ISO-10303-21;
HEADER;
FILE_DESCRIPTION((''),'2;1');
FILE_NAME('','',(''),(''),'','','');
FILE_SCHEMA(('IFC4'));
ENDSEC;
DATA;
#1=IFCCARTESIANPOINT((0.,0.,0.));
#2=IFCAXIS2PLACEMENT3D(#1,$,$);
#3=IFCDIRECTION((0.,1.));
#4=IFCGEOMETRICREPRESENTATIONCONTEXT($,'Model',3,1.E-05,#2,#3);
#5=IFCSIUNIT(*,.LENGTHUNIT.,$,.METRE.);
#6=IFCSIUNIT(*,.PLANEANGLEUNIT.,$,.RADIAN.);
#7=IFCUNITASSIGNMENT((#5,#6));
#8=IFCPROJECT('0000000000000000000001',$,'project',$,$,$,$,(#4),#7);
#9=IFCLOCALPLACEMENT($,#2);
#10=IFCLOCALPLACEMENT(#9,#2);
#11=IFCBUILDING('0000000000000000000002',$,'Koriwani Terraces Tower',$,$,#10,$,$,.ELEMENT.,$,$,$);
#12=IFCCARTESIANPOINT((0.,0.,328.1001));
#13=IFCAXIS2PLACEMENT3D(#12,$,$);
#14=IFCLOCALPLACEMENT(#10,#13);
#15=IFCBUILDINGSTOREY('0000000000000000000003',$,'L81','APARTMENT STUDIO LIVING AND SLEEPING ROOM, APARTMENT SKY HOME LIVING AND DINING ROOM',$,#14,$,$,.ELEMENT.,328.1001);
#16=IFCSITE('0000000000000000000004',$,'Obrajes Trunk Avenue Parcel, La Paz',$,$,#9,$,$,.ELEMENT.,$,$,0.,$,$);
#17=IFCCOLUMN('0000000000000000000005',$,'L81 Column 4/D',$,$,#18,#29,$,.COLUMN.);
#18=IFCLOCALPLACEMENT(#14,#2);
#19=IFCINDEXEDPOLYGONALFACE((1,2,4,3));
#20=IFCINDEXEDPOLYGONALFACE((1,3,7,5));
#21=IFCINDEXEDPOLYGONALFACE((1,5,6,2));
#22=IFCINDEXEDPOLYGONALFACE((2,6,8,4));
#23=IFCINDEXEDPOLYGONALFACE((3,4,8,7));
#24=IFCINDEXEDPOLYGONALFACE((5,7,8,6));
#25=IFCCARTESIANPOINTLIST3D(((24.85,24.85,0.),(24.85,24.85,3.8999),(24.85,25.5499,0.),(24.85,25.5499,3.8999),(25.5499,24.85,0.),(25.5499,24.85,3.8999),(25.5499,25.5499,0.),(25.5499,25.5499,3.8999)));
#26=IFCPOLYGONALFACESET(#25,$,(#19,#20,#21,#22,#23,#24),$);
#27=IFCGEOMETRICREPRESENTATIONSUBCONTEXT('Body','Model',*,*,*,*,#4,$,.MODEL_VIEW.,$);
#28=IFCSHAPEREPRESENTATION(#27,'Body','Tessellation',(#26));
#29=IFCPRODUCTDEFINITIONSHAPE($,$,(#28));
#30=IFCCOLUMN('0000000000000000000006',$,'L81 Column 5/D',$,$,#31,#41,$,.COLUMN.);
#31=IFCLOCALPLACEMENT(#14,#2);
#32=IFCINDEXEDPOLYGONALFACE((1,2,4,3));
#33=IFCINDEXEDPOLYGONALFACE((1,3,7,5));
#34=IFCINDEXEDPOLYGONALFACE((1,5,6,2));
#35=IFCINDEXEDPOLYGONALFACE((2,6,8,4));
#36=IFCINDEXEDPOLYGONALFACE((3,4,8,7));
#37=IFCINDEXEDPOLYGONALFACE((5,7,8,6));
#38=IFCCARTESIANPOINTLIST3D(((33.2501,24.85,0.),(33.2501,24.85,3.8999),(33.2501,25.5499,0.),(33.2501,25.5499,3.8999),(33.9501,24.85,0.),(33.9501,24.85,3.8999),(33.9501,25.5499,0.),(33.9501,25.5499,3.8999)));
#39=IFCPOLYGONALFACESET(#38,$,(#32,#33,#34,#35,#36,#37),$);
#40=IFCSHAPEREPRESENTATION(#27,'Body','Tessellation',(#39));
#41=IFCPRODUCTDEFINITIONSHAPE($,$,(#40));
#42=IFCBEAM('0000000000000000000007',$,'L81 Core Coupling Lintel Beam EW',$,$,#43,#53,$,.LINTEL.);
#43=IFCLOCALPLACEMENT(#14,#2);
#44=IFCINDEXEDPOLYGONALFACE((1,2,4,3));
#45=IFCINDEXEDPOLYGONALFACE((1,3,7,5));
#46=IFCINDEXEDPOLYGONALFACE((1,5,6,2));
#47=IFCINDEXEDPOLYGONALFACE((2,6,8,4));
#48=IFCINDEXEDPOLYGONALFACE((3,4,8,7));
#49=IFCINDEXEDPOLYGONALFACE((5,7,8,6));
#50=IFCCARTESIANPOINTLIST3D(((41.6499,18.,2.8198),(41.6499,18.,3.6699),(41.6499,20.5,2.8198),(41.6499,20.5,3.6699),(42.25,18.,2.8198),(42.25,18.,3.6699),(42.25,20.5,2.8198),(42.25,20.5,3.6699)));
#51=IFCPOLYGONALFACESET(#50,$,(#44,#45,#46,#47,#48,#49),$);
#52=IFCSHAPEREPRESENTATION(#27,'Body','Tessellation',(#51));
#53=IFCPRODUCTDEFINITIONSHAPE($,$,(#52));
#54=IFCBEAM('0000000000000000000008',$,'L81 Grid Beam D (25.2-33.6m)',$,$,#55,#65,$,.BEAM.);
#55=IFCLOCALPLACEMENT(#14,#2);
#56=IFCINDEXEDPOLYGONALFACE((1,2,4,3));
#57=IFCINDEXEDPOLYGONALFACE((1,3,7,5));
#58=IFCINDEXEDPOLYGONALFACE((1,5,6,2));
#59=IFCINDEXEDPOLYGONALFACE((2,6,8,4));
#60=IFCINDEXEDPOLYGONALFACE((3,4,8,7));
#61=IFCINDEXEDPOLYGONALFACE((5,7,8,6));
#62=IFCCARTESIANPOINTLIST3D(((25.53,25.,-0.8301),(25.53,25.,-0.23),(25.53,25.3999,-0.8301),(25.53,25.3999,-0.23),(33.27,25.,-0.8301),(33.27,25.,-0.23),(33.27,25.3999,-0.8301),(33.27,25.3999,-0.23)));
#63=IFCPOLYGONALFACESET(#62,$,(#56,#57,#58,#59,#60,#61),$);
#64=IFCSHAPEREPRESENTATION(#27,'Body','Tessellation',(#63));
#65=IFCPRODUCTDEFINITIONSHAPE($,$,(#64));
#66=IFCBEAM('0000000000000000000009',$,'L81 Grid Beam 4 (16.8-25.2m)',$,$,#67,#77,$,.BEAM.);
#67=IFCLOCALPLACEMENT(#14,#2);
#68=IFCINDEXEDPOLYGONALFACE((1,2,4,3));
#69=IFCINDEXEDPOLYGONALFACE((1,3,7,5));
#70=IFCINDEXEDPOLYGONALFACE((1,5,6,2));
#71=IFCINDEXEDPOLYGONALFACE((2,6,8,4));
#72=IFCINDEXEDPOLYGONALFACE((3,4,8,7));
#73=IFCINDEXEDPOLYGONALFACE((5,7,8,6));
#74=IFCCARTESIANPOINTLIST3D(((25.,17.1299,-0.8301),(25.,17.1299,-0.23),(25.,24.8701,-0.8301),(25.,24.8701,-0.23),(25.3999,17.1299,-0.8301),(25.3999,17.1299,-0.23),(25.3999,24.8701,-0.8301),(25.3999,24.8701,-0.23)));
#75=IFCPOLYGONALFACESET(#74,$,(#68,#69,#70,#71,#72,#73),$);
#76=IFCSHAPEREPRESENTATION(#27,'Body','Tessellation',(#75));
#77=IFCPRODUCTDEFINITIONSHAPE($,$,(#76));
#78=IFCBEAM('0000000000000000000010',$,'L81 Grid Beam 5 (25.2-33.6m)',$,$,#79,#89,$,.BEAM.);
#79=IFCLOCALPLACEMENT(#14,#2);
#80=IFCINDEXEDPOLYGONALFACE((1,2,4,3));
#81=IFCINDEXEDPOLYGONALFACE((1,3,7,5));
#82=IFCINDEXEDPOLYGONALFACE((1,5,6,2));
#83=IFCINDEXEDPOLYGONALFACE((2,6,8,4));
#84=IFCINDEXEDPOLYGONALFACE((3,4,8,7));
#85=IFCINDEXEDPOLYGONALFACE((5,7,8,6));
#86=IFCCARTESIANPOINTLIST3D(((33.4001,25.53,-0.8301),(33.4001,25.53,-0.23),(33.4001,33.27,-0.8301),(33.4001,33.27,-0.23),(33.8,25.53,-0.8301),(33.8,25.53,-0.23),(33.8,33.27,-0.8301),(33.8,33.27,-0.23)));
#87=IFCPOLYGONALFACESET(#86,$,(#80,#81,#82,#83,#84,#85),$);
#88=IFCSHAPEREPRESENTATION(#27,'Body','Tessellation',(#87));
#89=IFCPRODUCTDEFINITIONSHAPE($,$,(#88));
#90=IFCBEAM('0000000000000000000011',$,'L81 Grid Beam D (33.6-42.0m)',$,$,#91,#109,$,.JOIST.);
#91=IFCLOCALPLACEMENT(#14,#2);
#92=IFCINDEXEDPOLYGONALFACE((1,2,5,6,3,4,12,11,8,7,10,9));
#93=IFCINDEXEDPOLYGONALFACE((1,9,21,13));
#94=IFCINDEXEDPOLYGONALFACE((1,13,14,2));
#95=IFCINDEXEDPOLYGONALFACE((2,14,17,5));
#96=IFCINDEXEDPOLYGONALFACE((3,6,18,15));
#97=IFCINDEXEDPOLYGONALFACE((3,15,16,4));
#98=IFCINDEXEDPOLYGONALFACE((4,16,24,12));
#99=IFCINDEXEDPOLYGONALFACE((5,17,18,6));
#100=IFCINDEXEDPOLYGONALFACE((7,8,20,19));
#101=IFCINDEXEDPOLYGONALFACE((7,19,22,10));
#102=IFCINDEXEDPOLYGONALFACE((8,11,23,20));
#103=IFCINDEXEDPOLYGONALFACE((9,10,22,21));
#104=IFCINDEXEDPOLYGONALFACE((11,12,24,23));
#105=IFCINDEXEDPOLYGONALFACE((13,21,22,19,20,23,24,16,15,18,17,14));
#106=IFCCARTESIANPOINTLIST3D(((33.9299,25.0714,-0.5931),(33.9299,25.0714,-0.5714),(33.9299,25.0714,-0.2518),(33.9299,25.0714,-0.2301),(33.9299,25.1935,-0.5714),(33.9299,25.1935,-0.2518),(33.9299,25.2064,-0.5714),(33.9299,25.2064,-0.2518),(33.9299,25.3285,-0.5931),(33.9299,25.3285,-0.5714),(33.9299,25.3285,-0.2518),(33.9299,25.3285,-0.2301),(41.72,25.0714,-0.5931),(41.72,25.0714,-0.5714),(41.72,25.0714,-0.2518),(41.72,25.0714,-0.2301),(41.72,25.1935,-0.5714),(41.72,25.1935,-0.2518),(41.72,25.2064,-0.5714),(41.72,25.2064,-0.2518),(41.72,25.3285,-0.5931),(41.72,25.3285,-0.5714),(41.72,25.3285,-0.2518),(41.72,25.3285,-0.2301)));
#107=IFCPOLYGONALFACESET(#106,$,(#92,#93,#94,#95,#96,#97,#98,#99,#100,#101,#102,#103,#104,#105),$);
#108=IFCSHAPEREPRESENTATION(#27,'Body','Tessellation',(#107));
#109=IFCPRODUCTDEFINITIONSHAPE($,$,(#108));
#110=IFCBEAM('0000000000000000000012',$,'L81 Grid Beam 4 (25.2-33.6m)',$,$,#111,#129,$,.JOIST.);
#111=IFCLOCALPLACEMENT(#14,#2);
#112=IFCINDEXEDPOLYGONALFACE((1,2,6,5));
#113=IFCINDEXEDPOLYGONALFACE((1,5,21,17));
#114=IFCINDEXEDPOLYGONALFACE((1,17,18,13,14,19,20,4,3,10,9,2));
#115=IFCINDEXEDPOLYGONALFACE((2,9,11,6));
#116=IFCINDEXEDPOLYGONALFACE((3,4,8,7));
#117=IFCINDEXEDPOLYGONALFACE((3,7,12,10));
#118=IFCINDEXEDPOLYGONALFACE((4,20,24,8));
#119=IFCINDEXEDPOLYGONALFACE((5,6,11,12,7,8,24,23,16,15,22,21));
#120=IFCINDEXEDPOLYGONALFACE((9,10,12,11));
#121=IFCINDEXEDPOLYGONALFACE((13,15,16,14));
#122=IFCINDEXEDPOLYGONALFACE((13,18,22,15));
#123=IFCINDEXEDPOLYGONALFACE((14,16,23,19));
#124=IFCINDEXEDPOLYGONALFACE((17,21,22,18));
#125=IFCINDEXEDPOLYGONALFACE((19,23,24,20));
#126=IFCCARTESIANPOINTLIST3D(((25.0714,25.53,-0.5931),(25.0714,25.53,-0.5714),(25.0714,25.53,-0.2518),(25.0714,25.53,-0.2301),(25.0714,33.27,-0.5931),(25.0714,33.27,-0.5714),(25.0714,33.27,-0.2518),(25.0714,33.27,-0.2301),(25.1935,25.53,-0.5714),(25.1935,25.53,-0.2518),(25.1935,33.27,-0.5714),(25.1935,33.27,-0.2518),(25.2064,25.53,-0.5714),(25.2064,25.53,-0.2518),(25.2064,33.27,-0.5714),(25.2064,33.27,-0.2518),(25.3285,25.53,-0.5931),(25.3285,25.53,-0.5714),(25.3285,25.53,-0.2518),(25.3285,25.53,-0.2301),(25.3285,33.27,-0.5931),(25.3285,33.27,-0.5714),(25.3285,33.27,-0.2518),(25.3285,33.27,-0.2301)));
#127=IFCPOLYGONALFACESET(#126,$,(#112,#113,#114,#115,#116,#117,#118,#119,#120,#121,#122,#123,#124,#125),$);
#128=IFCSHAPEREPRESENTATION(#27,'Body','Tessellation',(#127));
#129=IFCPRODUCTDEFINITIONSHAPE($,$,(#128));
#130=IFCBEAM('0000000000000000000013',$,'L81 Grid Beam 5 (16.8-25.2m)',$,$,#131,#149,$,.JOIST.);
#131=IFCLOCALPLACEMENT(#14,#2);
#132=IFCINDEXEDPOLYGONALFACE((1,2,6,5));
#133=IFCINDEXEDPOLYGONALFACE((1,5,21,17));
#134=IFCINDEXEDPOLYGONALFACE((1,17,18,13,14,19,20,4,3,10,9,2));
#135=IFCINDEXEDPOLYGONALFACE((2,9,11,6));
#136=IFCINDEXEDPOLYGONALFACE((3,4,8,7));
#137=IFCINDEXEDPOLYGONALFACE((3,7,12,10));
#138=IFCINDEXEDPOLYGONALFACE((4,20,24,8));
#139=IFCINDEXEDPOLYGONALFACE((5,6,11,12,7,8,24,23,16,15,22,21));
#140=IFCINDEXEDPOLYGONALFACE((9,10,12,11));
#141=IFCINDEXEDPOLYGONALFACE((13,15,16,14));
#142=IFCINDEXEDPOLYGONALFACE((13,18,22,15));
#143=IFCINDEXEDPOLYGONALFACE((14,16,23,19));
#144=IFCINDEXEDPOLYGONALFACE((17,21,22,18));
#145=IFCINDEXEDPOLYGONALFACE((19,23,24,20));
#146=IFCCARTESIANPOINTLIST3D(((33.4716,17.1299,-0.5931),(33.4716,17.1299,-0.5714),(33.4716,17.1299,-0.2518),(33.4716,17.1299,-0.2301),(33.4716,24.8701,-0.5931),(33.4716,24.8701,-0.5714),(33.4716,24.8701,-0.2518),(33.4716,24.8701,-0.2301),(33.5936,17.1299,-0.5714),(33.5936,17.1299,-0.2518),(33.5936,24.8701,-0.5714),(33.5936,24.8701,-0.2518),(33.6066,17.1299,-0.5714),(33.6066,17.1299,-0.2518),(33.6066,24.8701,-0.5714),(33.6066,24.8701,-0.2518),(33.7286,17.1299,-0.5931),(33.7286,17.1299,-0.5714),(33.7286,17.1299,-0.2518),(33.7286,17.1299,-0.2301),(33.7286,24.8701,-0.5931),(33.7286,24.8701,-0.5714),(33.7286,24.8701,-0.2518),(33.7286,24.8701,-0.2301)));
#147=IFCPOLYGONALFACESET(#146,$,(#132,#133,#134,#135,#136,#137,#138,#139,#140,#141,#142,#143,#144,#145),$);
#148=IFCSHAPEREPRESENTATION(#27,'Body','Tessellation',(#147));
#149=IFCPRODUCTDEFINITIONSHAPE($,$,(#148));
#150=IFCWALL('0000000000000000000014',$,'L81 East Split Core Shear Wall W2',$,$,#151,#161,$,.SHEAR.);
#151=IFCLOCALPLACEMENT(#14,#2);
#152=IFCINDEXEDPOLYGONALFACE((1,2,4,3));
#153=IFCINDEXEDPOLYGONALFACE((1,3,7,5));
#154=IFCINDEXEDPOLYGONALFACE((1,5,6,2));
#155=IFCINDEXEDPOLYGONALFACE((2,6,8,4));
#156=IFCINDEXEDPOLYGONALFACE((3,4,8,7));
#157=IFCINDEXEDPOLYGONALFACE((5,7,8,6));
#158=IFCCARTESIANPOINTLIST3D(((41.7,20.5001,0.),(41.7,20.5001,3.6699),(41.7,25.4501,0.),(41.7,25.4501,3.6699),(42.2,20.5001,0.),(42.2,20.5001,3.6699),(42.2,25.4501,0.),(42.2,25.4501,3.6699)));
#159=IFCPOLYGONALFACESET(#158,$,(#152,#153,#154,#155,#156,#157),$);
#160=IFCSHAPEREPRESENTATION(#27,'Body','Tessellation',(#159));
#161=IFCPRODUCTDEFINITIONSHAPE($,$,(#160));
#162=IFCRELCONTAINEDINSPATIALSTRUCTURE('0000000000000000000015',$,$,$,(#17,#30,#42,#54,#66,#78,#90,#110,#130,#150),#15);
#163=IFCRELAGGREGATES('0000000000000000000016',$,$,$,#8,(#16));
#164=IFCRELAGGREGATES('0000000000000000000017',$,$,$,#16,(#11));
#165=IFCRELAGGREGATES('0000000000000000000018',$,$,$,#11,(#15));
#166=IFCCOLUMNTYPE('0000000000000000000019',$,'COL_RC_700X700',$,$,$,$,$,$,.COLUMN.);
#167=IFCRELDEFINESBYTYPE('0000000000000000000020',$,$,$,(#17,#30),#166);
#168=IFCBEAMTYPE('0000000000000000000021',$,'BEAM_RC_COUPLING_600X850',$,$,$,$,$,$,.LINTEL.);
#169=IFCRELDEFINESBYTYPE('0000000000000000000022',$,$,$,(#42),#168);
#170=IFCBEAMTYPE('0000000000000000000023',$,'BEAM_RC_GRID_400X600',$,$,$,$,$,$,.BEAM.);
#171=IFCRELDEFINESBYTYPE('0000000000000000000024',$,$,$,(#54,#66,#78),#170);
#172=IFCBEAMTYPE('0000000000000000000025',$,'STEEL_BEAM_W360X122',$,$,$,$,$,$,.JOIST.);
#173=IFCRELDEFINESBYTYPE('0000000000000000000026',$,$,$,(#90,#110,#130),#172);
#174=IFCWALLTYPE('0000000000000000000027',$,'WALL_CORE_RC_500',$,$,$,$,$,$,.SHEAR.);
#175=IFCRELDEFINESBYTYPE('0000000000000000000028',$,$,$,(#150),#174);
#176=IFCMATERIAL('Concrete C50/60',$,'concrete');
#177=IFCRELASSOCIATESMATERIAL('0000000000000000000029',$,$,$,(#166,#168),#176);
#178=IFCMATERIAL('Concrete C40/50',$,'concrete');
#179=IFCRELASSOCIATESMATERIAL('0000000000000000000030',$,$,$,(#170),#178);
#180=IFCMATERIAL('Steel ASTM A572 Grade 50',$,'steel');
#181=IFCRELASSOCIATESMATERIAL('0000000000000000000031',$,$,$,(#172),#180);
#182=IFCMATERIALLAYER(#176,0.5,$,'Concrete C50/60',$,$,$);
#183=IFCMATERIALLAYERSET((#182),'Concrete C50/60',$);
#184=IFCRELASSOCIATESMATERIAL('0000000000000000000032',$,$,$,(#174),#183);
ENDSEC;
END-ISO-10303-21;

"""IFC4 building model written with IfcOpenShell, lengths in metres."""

from ifc_helpers import new_model, si_unit, direction, frame, frame_2d, origin, origin_2d, place, context, subcontext, project, spatial, rectangle, i_section, extrude, material, layer, layer_set, material_profile, profile_set, type_object, element, save


model = new_model("IFC4")

# Units and contexts
model_context = context("Model", 3, precision=1e-05, world=origin(), true_north=direction((0.0, 1.0)))
body_context = subcontext(model_context, "Body", "Model", "MODEL_VIEW")
ifc_project = project(units=[si_unit("LENGTHUNIT", "METRE"), si_unit("PLANEANGLEUNIT", "RADIAN")], contexts=[model_context])

# Site, building, storey
site_placement = place(None, origin())
site = spatial("IfcSite", under=ifc_project, at=site_placement, Name="Obrajes Trunk Avenue Parcel, La Paz", CompositionType="ELEMENT", RefElevation=0.0)
building_placement = place(site_placement, origin())
building = spatial("IfcBuilding", under=site, at=building_placement, Name="Koriwani Terraces Tower", CompositionType="ELEMENT")
storey_placement = place(building_placement, frame((0.0, 0.0, 328.1001)))
storey = spatial("IfcBuildingStorey", under=building, at=storey_placement, Name="L81", Description="APARTMENT STUDIO LIVING AND SLEEPING ROOM, APARTMENT SKY HOME LIVING AND DINING ROOM", CompositionType="ELEMENT", Elevation=328.1001)

# Columns
ifc_material_1 = material(Name="Concrete C50/60", Category="concrete")
ifc_material_profile_1 = material_profile(ifc_material_1, rectangle(XDim=0.7, YDim=0.7, at=origin_2d()), Name="Concrete C50/60", Category="LoadBearing")
ifc_profile_set_1 = profile_set([ifc_material_profile_1], Name="Concrete C50/60")
column_type = type_object("IfcColumnType", Name="COL_RC_700X700", PredefinedType="COLUMN", material=ifc_profile_set_1)
for number, where, z_axis, x_axis, name in (
    (1, (25.2, 25.2, 0.0), (0.0, 0.0, 1.0), (1.0, 0.0, 0.0), "L81 Column 4/D"),
    (2, (33.6001, 25.2, 0.0), (0.0, 0.0, 1.0), (1.0, 0.0, 0.0), "L81 Column 5/D"),
):
    element("IfcColumn", number, at=place(storey_placement, frame(where, z_axis=z_axis, x_axis=x_axis)), inside=storey, type_object=column_type, Name=name, PredefinedType="COLUMN", context=body_context, shape_type="SweptSolid", body=[
        extrude(rectangle(XDim=0.7, YDim=0.7, at=origin_2d()), origin(), (0.0, 0.0, 1.0), 3.8999),
    ])

# Beams
ifc_material_profile_2 = material_profile(ifc_material_1, rectangle(XDim=0.6001, YDim=0.8501, at=origin_2d()), Name="Concrete C50/60", Category="LoadBearing")
ifc_profile_set_2 = profile_set([ifc_material_profile_2], Name="Concrete C50/60")
beam_type_1 = type_object("IfcBeamType", Name="BEAM_RC_COUPLING_600X850", PredefinedType="LINTEL", material=ifc_profile_set_2)
beam_1_placement = place(storey_placement, frame((41.95, 18.0, 3.2449), z_axis=(0.0, 1.0, 0.0), x_axis=(-1.0, 0.0, 0.0)))
element("IfcBeam", 3, at=beam_1_placement, inside=storey, type_object=beam_type_1, Name="L81 Core Coupling Lintel Beam EW", PredefinedType="LINTEL", context=body_context, shape_type="SweptSolid", body=[
    extrude(rectangle(XDim=0.6001, YDim=0.8501, at=origin_2d()), origin(), (0.0, 0.0, 1.0), 2.5),
])
ifc_material_2 = material(Name="Concrete C40/50", Category="concrete")
ifc_material_profile_3 = material_profile(ifc_material_2, rectangle(XDim=0.3999, YDim=0.6001, at=origin_2d()), Name="Concrete C40/50", Category="LoadBearing")
ifc_profile_set_3 = profile_set([ifc_material_profile_3], Name="Concrete C40/50")
beam_type_2 = type_object("IfcBeamType", Name="BEAM_RC_GRID_400X600", PredefinedType="BEAM", material=ifc_profile_set_3)
beam_2_placement = place(storey_placement, frame((25.53, 25.2, -0.53), z_axis=(1.0, 0.0, 0.0), x_axis=(0.0, 1.0, 0.0)))
element("IfcBeam", 4, at=beam_2_placement, inside=storey, type_object=beam_type_2, Name="L81 Grid Beam D (25.2-33.6m)", PredefinedType="BEAM", context=body_context, shape_type="SweptSolid", body=[
    extrude(rectangle(XDim=0.3999, YDim=0.6001, at=origin_2d()), origin(), (0.0, 0.0, 1.0), 7.74),
])
beam_3_placement = place(storey_placement, frame((25.2, 17.1299, -0.53), z_axis=(0.0, 1.0, 0.0), x_axis=(-1.0, 0.0, 0.0)))
element("IfcBeam", 5, at=beam_3_placement, inside=storey, type_object=beam_type_2, Name="L81 Grid Beam 4 (16.8-25.2m)", PredefinedType="BEAM", context=body_context, shape_type="SweptSolid", body=[
    extrude(rectangle(XDim=0.3999, YDim=0.6001, at=origin_2d()), origin(), (0.0, 0.0, 1.0), 7.7402),
])
beam_4_placement = place(storey_placement, frame((33.6001, 25.53, -0.53), z_axis=(0.0, 1.0, 0.0), x_axis=(-1.0, 0.0, 0.0)))
element("IfcBeam", 6, at=beam_4_placement, inside=storey, type_object=beam_type_2, Name="L81 Grid Beam 5 (25.2-33.6m)", PredefinedType="BEAM", context=body_context, shape_type="SweptSolid", body=[
    extrude(rectangle(XDim=0.3999, YDim=0.6001, at=origin_2d()), origin(), (0.0, 0.0, 1.0), 7.74),
])
ifc_material_3 = material(Name="Steel ASTM A572 Grade 50", Category="steel")
ifc_material_profile_4 = material_profile(ifc_material_3, i_section(OverallWidth=0.2571, OverallDepth=0.363, WebThickness=0.0129, FlangeThickness=0.0217, at=origin_2d()), Name="Steel ASTM A572 Grade 50", Category="LoadBearing")
ifc_profile_set_4 = profile_set([ifc_material_profile_4], Name="Steel ASTM A572 Grade 50")
beam_type_3 = type_object("IfcBeamType", Name="STEEL_BEAM_W360X122", PredefinedType="JOIST", material=ifc_profile_set_4)
beam_5_placement = place(storey_placement, frame((33.9299, 25.2, -0.4116), z_axis=(1.0, 0.0, 0.0), x_axis=(0.0, 1.0, 0.0)))
element("IfcBeam", 7, at=beam_5_placement, inside=storey, type_object=beam_type_3, Name="L81 Grid Beam D (33.6-42.0m)", PredefinedType="JOIST", context=body_context, shape_type="SweptSolid", body=[
    extrude(i_section(OverallWidth=0.2571, OverallDepth=0.363, WebThickness=0.0129, FlangeThickness=0.0217, at=origin_2d()), origin(), (0.0, 0.0, 1.0), 7.79),
])
beam_6_placement = place(storey_placement, frame((25.2, 25.53, -0.4116), z_axis=(0.0, 1.0, 0.0), x_axis=(-1.0, 0.0, 0.0)))
element("IfcBeam", 8, at=beam_6_placement, inside=storey, type_object=beam_type_3, Name="L81 Grid Beam 4 (25.2-33.6m)", PredefinedType="JOIST", context=body_context, shape_type="SweptSolid", body=[
    extrude(i_section(OverallWidth=0.2571, OverallDepth=0.363, WebThickness=0.0129, FlangeThickness=0.0217, at=origin_2d()), origin(), (0.0, 0.0, 1.0), 7.74),
])
beam_7_placement = place(storey_placement, frame((33.6001, 17.1299, -0.4116), z_axis=(0.0, 1.0, 0.0), x_axis=(-1.0, 0.0, 0.0)))
element("IfcBeam", 9, at=beam_7_placement, inside=storey, type_object=beam_type_3, Name="L81 Grid Beam 5 (16.8-25.2m)", PredefinedType="JOIST", context=body_context, shape_type="SweptSolid", body=[
    extrude(i_section(OverallWidth=0.2571, OverallDepth=0.363, WebThickness=0.0129, FlangeThickness=0.0217, at=origin_2d()), origin(), (0.0, 0.0, 1.0), 7.7402),
])

# Wall
ifc_layer_1 = layer(ifc_material_1, 0.5, Name="Concrete C50/60")
ifc_layer_set_1 = layer_set([ifc_layer_1], Name="Concrete C50/60")
wall_type_1 = type_object("IfcWallType", Name="WALL_CORE_RC_500", PredefinedType="SHEAR", material=ifc_layer_set_1)
wall_1_placement = place(storey_placement, frame((41.95, 20.5, 0.0), z_axis=(0.0, 0.0, 1.0), x_axis=(0.0, 1.0, 0.0)))
element("IfcWall", 10, at=wall_1_placement, inside=storey, type_object=wall_type_1, Name="L81 East Split Core Shear Wall W2", PredefinedType="SHEAR", context=body_context, shape_type="SweptSolid", body=[
    extrude(rectangle(XDim=4.95, YDim=0.5, at=frame_2d((2.4751, 0.0))), origin(), (0.0, 0.0, 1.0), 3.6699),
])

save(model, "model.ifc")
